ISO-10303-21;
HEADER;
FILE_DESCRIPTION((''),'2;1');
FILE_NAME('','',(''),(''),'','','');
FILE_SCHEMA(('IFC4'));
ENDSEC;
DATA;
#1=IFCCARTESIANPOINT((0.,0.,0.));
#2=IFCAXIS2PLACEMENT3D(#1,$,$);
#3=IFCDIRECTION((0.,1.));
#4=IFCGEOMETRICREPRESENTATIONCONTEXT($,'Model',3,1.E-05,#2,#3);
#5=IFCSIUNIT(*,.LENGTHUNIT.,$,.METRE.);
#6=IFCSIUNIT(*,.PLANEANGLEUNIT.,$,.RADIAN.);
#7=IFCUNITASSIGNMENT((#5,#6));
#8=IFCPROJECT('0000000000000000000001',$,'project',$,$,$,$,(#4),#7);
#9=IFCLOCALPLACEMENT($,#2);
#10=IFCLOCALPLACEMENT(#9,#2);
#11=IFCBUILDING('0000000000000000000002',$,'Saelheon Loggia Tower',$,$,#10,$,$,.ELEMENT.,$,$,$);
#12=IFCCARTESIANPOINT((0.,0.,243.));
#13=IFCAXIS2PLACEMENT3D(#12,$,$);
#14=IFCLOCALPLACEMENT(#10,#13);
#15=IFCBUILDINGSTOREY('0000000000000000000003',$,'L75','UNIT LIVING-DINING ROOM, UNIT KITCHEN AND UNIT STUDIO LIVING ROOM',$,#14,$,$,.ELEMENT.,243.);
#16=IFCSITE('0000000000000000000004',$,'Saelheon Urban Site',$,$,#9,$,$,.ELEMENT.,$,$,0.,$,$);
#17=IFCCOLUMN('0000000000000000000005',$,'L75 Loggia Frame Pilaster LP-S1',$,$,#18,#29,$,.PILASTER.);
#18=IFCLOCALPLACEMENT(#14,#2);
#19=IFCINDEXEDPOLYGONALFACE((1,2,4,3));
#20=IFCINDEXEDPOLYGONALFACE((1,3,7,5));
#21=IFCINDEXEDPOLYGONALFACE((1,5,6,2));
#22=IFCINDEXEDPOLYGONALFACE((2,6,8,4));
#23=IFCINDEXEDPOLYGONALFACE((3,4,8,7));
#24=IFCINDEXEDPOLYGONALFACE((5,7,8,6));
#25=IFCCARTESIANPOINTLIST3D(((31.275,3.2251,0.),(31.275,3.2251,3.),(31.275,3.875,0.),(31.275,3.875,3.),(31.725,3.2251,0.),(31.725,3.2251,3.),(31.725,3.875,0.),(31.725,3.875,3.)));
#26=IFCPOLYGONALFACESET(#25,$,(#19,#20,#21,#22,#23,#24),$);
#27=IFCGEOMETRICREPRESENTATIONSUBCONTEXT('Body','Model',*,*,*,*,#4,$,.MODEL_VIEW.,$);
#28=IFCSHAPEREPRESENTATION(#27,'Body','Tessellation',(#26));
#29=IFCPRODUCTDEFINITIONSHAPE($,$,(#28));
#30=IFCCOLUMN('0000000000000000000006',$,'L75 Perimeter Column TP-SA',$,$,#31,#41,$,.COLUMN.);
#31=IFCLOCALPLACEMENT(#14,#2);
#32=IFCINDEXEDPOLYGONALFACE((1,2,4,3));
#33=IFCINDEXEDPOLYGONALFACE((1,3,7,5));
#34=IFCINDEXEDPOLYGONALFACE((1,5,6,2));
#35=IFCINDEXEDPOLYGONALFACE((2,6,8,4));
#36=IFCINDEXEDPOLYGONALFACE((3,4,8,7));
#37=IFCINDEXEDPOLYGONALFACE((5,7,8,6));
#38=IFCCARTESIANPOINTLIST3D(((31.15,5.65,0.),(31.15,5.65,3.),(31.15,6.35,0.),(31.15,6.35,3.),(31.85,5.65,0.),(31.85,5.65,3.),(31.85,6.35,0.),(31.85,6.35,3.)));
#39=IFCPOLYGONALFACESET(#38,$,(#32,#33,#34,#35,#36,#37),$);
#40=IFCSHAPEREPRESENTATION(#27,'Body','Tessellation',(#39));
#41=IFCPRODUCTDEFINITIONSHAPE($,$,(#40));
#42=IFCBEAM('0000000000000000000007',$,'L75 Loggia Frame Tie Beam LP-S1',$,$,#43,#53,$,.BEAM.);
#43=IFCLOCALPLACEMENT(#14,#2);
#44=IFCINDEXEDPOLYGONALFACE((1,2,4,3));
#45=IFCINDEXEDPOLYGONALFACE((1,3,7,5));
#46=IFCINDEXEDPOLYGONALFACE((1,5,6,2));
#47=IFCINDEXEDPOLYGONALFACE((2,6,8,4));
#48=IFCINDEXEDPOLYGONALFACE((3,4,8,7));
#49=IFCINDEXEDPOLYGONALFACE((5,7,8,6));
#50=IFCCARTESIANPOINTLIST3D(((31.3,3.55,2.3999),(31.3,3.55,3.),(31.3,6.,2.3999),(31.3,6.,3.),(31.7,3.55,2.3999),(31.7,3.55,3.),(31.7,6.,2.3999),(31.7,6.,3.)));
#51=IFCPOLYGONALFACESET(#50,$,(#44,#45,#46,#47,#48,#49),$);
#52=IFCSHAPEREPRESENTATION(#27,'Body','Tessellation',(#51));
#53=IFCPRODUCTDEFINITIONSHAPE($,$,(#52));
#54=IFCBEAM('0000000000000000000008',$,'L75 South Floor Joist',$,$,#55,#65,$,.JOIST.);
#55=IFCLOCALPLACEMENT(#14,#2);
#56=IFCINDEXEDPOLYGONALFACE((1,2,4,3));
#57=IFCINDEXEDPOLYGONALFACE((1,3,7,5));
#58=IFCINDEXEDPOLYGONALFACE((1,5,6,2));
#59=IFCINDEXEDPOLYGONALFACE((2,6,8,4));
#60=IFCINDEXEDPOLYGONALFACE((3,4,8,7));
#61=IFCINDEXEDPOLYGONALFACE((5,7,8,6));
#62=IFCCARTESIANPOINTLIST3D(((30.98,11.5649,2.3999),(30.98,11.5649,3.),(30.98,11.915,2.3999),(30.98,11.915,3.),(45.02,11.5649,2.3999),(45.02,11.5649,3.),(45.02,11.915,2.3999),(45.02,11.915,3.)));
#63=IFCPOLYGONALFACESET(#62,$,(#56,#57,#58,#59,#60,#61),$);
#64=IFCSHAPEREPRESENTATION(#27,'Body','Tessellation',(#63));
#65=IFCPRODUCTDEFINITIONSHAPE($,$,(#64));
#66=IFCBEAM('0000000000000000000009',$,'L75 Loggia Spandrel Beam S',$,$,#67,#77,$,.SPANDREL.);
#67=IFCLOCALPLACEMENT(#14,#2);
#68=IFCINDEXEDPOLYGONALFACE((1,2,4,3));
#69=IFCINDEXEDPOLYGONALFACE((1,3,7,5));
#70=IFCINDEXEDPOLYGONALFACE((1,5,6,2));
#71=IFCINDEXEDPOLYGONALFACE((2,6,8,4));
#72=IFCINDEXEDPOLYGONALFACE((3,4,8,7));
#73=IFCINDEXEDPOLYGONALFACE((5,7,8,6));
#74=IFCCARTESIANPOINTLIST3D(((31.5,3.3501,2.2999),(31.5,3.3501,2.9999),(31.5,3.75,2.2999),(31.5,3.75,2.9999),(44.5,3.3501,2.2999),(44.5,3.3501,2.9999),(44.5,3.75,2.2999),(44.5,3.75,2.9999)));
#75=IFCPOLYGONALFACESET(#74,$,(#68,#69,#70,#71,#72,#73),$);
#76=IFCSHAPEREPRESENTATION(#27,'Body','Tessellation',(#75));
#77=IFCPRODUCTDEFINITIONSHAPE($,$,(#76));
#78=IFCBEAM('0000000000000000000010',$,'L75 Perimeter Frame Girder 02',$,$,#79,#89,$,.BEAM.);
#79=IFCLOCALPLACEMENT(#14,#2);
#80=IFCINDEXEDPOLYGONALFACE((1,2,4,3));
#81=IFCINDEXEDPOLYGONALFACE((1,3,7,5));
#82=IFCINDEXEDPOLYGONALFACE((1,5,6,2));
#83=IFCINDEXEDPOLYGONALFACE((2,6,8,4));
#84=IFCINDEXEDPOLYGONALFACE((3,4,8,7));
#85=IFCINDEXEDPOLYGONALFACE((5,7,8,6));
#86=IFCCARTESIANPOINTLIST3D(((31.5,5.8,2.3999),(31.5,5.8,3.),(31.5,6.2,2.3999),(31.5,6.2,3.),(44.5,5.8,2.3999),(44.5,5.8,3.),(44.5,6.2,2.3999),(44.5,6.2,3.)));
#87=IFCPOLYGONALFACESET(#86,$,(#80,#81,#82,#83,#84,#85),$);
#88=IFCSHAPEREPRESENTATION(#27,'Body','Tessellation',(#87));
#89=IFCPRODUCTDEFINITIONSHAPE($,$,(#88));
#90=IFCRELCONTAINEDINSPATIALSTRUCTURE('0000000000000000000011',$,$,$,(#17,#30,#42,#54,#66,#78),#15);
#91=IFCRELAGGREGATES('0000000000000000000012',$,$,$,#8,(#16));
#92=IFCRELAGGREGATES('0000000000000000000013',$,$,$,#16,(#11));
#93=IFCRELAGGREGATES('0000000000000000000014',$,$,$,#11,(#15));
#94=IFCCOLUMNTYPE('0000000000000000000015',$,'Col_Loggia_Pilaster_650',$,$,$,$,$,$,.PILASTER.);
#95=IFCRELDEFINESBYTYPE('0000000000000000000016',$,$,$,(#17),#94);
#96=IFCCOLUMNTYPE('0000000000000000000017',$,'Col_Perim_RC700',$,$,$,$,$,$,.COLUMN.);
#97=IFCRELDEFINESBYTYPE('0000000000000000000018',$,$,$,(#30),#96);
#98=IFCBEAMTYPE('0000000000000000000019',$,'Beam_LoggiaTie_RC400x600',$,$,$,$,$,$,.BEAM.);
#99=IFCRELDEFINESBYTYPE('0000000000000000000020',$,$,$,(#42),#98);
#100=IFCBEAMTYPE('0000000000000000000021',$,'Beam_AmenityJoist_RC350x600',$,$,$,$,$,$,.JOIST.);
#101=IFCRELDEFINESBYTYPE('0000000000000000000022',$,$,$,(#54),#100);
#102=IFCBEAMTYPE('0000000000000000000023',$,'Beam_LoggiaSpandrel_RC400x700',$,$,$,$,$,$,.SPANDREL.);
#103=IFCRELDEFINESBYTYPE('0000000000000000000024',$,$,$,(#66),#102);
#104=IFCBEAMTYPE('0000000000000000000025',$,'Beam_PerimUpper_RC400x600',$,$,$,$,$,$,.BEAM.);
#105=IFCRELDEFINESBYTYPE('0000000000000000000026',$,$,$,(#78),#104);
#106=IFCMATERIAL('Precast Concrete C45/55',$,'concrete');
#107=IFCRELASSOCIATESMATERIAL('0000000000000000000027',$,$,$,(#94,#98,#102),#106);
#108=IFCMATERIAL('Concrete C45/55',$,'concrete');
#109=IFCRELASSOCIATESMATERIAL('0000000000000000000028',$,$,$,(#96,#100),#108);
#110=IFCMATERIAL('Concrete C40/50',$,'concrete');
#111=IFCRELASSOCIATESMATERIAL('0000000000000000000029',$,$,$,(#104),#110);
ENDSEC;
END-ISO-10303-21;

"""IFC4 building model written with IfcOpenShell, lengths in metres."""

from ifc_helpers import new_model, si_unit, direction, frame, origin, origin_2d, place, context, subcontext, project, spatial, rectangle, extrude, source, transform, mapped, material, material_profile, profile_set, type_object, element, save


model = new_model("IFC4")

# Units and contexts
model_context = context("Model", 3, precision=1e-05, world=origin(), true_north=direction((0.0, 1.0)))
body_context = subcontext(model_context, "Body", "Model", "MODEL_VIEW")
ifc_project = project(units=[si_unit("LENGTHUNIT", "METRE"), si_unit("PLANEANGLEUNIT", "RADIAN")], contexts=[model_context])

# Site, building, storey
site_placement = place(None, origin())
site = spatial("IfcSite", under=ifc_project, at=site_placement, Name="Saelheon Urban Site", CompositionType="ELEMENT", RefElevation=0.0)
building_placement = place(site_placement, origin())
building = spatial("IfcBuilding", under=site, at=building_placement, Name="Saelheon Loggia Tower", CompositionType="ELEMENT")
storey_placement = place(building_placement, frame((0.0, 0.0, 243.0)))
storey = spatial("IfcBuildingStorey", under=building, at=storey_placement, Name="L75", Description="UNIT LIVING-DINING ROOM, UNIT KITCHEN AND UNIT STUDIO LIVING ROOM", CompositionType="ELEMENT", Elevation=243.0)

# Columns
ifc_material_1 = material(Name="Precast Concrete C45/55", Category="concrete")
ifc_material_profile_1 = material_profile(ifc_material_1, rectangle(XDim=0.45, YDim=0.6499, at=origin_2d()), Name="RC-450x650")
ifc_profile_set_1 = profile_set([ifc_material_profile_1], Name="Precast Concrete C45/55")
column_type_1 = type_object("IfcColumnType", Name="Col_Loggia_Pilaster_650", PredefinedType="PILASTER", material=ifc_profile_set_1)
shared_shape_1 = source(origin(), body_context, "Body", "SweptSolid", [
    extrude(rectangle(XDim=0.45, YDim=0.6499, at=origin_2d()), origin(), (0.0, 0.0, 1.0), 3.0),
])
column_1_placement = place(storey_placement, frame((31.5, 3.55, 0.0), z_axis=(0.0, 0.0, 1.0), x_axis=(1.0, 0.0, 0.0)))
element("IfcColumn", 1, at=column_1_placement, inside=storey, type_object=column_type_1, Name="L75 Loggia Frame Pilaster LP-S1", PredefinedType="PILASTER", context=body_context, shape_type="MappedRepresentation", body=[
    mapped(shared_shape_1, transform((0.0, 0.0, 0.0), scale=1.0)),
])
ifc_material_2 = material(Name="Concrete C45/55", Category="concrete")
ifc_material_profile_2 = material_profile(ifc_material_2, rectangle(XDim=0.7, YDim=0.7, at=origin_2d()), Name="RC-700x700")
ifc_profile_set_2 = profile_set([ifc_material_profile_2], Name="Concrete C45/55")
column_type_2 = type_object("IfcColumnType", Name="Col_Perim_RC700", PredefinedType="COLUMN", material=ifc_profile_set_2)
shared_shape_2 = source(origin(), body_context, "Body", "SweptSolid", [
    extrude(rectangle(XDim=0.7, YDim=0.7, at=origin_2d()), origin(), (0.0, 0.0, 1.0), 3.0),
])
column_2_placement = place(storey_placement, frame((31.5, 6.0, 0.0), z_axis=(0.0, 0.0, 1.0), x_axis=(1.0, 0.0, 0.0)))
element("IfcColumn", 2, at=column_2_placement, inside=storey, type_object=column_type_2, Name="L75 Perimeter Column TP-SA", PredefinedType="COLUMN", context=body_context, shape_type="MappedRepresentation", body=[
    mapped(shared_shape_2, transform((0.0, 0.0, 0.0), scale=1.0)),
])

# Beams
ifc_material_profile_3 = material_profile(ifc_material_1, rectangle(XDim=0.3999, YDim=0.6001, at=origin_2d()), Name="RC-400x600")
ifc_profile_set_3 = profile_set([ifc_material_profile_3], Name="Precast Concrete C45/55")
beam_type_1 = type_object("IfcBeamType", Name="Beam_LoggiaTie_RC400x600", PredefinedType="BEAM", material=ifc_profile_set_3)
shared_shape_3 = source(origin(), body_context, "Body", "SweptSolid", [
    extrude(rectangle(XDim=0.3999, YDim=0.6001, at=origin_2d()), origin(), (0.0, 0.0, 1.0), 2.45),
])
beam_1_placement = place(storey_placement, frame((31.5, 6.0, 2.7), z_axis=(0.0, -1.0, 0.0), x_axis=(1.0, 0.0, 0.0)))
element("IfcBeam", 3, at=beam_1_placement, inside=storey, type_object=beam_type_1, Name="L75 Loggia Frame Tie Beam LP-S1", PredefinedType="BEAM", context=body_context, shape_type="MappedRepresentation", body=[
    mapped(shared_shape_3, transform((0.0, 0.0, 0.0), scale=1.0)),
])
ifc_material_profile_4 = material_profile(ifc_material_2, rectangle(XDim=0.3501, YDim=0.6001, at=origin_2d()), Name="RC-350x600")
ifc_profile_set_4 = profile_set([ifc_material_profile_4], Name="Concrete C45/55")
beam_type_2 = type_object("IfcBeamType", Name="Beam_AmenityJoist_RC350x600", PredefinedType="JOIST", material=ifc_profile_set_4)
shared_shape_4 = source(origin(), body_context, "Body", "SweptSolid", [
    extrude(rectangle(XDim=0.3501, YDim=0.6001, at=origin_2d()), origin(), (0.0, 0.0, 1.0), 14.04),
])
beam_2_placement = place(storey_placement, frame((30.98, 11.74, 2.7), z_axis=(1.0, 0.0, 0.0), x_axis=(0.0, 1.0, 0.0)))
element("IfcBeam", 4, at=beam_2_placement, inside=storey, type_object=beam_type_2, Name="L75 South Floor Joist", PredefinedType="JOIST", context=body_context, shape_type="MappedRepresentation", body=[
    mapped(shared_shape_4, transform((0.0, 0.0, 0.0), scale=1.0)),
])
ifc_material_profile_5 = material_profile(ifc_material_1, rectangle(XDim=0.3999, YDim=0.7, at=origin_2d()), Name="RC-400x700")
ifc_profile_set_5 = profile_set([ifc_material_profile_5], Name="Precast Concrete C45/55")
beam_type_3 = type_object("IfcBeamType", Name="Beam_LoggiaSpandrel_RC400x700", PredefinedType="SPANDREL", material=ifc_profile_set_5)
shared_shape_5 = source(origin(), body_context, "Body", "SweptSolid", [
    extrude(rectangle(XDim=0.3999, YDim=0.7, at=origin_2d()), origin(), (0.0, 0.0, 1.0), 13.0),
])
beam_3_placement = place(storey_placement, frame((31.5, 3.55, 2.6499), z_axis=(1.0, 0.0, 0.0), x_axis=(0.0, 1.0, 0.0)))
element("IfcBeam", 5, at=beam_3_placement, inside=storey, type_object=beam_type_3, Name="L75 Loggia Spandrel Beam S", PredefinedType="SPANDREL", context=body_context, shape_type="MappedRepresentation", body=[
    mapped(shared_shape_5, transform((0.0, 0.0, 0.0), scale=1.0)),
])
ifc_material_3 = material(Name="Concrete C40/50", Category="concrete")
ifc_material_profile_6 = material_profile(ifc_material_3, rectangle(XDim=0.3999, YDim=0.6001, at=origin_2d()), Name="RC-400x600")
ifc_profile_set_6 = profile_set([ifc_material_profile_6], Name="Concrete C40/50")
beam_type_4 = type_object("IfcBeamType", Name="Beam_PerimUpper_RC400x600", PredefinedType="BEAM", material=ifc_profile_set_6)
shared_shape_6 = source(origin(), body_context, "Body", "SweptSolid", [
    extrude(rectangle(XDim=0.3999, YDim=0.6001, at=origin_2d()), origin(), (0.0, 0.0, 1.0), 13.0),
])
beam_4_placement = place(storey_placement, frame((31.5, 6.0, 2.7), z_axis=(1.0, 0.0, 0.0), x_axis=(0.0, 1.0, 0.0)))
element("IfcBeam", 6, at=beam_4_placement, inside=storey, type_object=beam_type_4, Name="L75 Perimeter Frame Girder 02", PredefinedType="BEAM", context=body_context, shape_type="MappedRepresentation", body=[
    mapped(shared_shape_6, transform((0.0, 0.0, 0.0), scale=1.0)),
])

save(model, "model.ifc")
